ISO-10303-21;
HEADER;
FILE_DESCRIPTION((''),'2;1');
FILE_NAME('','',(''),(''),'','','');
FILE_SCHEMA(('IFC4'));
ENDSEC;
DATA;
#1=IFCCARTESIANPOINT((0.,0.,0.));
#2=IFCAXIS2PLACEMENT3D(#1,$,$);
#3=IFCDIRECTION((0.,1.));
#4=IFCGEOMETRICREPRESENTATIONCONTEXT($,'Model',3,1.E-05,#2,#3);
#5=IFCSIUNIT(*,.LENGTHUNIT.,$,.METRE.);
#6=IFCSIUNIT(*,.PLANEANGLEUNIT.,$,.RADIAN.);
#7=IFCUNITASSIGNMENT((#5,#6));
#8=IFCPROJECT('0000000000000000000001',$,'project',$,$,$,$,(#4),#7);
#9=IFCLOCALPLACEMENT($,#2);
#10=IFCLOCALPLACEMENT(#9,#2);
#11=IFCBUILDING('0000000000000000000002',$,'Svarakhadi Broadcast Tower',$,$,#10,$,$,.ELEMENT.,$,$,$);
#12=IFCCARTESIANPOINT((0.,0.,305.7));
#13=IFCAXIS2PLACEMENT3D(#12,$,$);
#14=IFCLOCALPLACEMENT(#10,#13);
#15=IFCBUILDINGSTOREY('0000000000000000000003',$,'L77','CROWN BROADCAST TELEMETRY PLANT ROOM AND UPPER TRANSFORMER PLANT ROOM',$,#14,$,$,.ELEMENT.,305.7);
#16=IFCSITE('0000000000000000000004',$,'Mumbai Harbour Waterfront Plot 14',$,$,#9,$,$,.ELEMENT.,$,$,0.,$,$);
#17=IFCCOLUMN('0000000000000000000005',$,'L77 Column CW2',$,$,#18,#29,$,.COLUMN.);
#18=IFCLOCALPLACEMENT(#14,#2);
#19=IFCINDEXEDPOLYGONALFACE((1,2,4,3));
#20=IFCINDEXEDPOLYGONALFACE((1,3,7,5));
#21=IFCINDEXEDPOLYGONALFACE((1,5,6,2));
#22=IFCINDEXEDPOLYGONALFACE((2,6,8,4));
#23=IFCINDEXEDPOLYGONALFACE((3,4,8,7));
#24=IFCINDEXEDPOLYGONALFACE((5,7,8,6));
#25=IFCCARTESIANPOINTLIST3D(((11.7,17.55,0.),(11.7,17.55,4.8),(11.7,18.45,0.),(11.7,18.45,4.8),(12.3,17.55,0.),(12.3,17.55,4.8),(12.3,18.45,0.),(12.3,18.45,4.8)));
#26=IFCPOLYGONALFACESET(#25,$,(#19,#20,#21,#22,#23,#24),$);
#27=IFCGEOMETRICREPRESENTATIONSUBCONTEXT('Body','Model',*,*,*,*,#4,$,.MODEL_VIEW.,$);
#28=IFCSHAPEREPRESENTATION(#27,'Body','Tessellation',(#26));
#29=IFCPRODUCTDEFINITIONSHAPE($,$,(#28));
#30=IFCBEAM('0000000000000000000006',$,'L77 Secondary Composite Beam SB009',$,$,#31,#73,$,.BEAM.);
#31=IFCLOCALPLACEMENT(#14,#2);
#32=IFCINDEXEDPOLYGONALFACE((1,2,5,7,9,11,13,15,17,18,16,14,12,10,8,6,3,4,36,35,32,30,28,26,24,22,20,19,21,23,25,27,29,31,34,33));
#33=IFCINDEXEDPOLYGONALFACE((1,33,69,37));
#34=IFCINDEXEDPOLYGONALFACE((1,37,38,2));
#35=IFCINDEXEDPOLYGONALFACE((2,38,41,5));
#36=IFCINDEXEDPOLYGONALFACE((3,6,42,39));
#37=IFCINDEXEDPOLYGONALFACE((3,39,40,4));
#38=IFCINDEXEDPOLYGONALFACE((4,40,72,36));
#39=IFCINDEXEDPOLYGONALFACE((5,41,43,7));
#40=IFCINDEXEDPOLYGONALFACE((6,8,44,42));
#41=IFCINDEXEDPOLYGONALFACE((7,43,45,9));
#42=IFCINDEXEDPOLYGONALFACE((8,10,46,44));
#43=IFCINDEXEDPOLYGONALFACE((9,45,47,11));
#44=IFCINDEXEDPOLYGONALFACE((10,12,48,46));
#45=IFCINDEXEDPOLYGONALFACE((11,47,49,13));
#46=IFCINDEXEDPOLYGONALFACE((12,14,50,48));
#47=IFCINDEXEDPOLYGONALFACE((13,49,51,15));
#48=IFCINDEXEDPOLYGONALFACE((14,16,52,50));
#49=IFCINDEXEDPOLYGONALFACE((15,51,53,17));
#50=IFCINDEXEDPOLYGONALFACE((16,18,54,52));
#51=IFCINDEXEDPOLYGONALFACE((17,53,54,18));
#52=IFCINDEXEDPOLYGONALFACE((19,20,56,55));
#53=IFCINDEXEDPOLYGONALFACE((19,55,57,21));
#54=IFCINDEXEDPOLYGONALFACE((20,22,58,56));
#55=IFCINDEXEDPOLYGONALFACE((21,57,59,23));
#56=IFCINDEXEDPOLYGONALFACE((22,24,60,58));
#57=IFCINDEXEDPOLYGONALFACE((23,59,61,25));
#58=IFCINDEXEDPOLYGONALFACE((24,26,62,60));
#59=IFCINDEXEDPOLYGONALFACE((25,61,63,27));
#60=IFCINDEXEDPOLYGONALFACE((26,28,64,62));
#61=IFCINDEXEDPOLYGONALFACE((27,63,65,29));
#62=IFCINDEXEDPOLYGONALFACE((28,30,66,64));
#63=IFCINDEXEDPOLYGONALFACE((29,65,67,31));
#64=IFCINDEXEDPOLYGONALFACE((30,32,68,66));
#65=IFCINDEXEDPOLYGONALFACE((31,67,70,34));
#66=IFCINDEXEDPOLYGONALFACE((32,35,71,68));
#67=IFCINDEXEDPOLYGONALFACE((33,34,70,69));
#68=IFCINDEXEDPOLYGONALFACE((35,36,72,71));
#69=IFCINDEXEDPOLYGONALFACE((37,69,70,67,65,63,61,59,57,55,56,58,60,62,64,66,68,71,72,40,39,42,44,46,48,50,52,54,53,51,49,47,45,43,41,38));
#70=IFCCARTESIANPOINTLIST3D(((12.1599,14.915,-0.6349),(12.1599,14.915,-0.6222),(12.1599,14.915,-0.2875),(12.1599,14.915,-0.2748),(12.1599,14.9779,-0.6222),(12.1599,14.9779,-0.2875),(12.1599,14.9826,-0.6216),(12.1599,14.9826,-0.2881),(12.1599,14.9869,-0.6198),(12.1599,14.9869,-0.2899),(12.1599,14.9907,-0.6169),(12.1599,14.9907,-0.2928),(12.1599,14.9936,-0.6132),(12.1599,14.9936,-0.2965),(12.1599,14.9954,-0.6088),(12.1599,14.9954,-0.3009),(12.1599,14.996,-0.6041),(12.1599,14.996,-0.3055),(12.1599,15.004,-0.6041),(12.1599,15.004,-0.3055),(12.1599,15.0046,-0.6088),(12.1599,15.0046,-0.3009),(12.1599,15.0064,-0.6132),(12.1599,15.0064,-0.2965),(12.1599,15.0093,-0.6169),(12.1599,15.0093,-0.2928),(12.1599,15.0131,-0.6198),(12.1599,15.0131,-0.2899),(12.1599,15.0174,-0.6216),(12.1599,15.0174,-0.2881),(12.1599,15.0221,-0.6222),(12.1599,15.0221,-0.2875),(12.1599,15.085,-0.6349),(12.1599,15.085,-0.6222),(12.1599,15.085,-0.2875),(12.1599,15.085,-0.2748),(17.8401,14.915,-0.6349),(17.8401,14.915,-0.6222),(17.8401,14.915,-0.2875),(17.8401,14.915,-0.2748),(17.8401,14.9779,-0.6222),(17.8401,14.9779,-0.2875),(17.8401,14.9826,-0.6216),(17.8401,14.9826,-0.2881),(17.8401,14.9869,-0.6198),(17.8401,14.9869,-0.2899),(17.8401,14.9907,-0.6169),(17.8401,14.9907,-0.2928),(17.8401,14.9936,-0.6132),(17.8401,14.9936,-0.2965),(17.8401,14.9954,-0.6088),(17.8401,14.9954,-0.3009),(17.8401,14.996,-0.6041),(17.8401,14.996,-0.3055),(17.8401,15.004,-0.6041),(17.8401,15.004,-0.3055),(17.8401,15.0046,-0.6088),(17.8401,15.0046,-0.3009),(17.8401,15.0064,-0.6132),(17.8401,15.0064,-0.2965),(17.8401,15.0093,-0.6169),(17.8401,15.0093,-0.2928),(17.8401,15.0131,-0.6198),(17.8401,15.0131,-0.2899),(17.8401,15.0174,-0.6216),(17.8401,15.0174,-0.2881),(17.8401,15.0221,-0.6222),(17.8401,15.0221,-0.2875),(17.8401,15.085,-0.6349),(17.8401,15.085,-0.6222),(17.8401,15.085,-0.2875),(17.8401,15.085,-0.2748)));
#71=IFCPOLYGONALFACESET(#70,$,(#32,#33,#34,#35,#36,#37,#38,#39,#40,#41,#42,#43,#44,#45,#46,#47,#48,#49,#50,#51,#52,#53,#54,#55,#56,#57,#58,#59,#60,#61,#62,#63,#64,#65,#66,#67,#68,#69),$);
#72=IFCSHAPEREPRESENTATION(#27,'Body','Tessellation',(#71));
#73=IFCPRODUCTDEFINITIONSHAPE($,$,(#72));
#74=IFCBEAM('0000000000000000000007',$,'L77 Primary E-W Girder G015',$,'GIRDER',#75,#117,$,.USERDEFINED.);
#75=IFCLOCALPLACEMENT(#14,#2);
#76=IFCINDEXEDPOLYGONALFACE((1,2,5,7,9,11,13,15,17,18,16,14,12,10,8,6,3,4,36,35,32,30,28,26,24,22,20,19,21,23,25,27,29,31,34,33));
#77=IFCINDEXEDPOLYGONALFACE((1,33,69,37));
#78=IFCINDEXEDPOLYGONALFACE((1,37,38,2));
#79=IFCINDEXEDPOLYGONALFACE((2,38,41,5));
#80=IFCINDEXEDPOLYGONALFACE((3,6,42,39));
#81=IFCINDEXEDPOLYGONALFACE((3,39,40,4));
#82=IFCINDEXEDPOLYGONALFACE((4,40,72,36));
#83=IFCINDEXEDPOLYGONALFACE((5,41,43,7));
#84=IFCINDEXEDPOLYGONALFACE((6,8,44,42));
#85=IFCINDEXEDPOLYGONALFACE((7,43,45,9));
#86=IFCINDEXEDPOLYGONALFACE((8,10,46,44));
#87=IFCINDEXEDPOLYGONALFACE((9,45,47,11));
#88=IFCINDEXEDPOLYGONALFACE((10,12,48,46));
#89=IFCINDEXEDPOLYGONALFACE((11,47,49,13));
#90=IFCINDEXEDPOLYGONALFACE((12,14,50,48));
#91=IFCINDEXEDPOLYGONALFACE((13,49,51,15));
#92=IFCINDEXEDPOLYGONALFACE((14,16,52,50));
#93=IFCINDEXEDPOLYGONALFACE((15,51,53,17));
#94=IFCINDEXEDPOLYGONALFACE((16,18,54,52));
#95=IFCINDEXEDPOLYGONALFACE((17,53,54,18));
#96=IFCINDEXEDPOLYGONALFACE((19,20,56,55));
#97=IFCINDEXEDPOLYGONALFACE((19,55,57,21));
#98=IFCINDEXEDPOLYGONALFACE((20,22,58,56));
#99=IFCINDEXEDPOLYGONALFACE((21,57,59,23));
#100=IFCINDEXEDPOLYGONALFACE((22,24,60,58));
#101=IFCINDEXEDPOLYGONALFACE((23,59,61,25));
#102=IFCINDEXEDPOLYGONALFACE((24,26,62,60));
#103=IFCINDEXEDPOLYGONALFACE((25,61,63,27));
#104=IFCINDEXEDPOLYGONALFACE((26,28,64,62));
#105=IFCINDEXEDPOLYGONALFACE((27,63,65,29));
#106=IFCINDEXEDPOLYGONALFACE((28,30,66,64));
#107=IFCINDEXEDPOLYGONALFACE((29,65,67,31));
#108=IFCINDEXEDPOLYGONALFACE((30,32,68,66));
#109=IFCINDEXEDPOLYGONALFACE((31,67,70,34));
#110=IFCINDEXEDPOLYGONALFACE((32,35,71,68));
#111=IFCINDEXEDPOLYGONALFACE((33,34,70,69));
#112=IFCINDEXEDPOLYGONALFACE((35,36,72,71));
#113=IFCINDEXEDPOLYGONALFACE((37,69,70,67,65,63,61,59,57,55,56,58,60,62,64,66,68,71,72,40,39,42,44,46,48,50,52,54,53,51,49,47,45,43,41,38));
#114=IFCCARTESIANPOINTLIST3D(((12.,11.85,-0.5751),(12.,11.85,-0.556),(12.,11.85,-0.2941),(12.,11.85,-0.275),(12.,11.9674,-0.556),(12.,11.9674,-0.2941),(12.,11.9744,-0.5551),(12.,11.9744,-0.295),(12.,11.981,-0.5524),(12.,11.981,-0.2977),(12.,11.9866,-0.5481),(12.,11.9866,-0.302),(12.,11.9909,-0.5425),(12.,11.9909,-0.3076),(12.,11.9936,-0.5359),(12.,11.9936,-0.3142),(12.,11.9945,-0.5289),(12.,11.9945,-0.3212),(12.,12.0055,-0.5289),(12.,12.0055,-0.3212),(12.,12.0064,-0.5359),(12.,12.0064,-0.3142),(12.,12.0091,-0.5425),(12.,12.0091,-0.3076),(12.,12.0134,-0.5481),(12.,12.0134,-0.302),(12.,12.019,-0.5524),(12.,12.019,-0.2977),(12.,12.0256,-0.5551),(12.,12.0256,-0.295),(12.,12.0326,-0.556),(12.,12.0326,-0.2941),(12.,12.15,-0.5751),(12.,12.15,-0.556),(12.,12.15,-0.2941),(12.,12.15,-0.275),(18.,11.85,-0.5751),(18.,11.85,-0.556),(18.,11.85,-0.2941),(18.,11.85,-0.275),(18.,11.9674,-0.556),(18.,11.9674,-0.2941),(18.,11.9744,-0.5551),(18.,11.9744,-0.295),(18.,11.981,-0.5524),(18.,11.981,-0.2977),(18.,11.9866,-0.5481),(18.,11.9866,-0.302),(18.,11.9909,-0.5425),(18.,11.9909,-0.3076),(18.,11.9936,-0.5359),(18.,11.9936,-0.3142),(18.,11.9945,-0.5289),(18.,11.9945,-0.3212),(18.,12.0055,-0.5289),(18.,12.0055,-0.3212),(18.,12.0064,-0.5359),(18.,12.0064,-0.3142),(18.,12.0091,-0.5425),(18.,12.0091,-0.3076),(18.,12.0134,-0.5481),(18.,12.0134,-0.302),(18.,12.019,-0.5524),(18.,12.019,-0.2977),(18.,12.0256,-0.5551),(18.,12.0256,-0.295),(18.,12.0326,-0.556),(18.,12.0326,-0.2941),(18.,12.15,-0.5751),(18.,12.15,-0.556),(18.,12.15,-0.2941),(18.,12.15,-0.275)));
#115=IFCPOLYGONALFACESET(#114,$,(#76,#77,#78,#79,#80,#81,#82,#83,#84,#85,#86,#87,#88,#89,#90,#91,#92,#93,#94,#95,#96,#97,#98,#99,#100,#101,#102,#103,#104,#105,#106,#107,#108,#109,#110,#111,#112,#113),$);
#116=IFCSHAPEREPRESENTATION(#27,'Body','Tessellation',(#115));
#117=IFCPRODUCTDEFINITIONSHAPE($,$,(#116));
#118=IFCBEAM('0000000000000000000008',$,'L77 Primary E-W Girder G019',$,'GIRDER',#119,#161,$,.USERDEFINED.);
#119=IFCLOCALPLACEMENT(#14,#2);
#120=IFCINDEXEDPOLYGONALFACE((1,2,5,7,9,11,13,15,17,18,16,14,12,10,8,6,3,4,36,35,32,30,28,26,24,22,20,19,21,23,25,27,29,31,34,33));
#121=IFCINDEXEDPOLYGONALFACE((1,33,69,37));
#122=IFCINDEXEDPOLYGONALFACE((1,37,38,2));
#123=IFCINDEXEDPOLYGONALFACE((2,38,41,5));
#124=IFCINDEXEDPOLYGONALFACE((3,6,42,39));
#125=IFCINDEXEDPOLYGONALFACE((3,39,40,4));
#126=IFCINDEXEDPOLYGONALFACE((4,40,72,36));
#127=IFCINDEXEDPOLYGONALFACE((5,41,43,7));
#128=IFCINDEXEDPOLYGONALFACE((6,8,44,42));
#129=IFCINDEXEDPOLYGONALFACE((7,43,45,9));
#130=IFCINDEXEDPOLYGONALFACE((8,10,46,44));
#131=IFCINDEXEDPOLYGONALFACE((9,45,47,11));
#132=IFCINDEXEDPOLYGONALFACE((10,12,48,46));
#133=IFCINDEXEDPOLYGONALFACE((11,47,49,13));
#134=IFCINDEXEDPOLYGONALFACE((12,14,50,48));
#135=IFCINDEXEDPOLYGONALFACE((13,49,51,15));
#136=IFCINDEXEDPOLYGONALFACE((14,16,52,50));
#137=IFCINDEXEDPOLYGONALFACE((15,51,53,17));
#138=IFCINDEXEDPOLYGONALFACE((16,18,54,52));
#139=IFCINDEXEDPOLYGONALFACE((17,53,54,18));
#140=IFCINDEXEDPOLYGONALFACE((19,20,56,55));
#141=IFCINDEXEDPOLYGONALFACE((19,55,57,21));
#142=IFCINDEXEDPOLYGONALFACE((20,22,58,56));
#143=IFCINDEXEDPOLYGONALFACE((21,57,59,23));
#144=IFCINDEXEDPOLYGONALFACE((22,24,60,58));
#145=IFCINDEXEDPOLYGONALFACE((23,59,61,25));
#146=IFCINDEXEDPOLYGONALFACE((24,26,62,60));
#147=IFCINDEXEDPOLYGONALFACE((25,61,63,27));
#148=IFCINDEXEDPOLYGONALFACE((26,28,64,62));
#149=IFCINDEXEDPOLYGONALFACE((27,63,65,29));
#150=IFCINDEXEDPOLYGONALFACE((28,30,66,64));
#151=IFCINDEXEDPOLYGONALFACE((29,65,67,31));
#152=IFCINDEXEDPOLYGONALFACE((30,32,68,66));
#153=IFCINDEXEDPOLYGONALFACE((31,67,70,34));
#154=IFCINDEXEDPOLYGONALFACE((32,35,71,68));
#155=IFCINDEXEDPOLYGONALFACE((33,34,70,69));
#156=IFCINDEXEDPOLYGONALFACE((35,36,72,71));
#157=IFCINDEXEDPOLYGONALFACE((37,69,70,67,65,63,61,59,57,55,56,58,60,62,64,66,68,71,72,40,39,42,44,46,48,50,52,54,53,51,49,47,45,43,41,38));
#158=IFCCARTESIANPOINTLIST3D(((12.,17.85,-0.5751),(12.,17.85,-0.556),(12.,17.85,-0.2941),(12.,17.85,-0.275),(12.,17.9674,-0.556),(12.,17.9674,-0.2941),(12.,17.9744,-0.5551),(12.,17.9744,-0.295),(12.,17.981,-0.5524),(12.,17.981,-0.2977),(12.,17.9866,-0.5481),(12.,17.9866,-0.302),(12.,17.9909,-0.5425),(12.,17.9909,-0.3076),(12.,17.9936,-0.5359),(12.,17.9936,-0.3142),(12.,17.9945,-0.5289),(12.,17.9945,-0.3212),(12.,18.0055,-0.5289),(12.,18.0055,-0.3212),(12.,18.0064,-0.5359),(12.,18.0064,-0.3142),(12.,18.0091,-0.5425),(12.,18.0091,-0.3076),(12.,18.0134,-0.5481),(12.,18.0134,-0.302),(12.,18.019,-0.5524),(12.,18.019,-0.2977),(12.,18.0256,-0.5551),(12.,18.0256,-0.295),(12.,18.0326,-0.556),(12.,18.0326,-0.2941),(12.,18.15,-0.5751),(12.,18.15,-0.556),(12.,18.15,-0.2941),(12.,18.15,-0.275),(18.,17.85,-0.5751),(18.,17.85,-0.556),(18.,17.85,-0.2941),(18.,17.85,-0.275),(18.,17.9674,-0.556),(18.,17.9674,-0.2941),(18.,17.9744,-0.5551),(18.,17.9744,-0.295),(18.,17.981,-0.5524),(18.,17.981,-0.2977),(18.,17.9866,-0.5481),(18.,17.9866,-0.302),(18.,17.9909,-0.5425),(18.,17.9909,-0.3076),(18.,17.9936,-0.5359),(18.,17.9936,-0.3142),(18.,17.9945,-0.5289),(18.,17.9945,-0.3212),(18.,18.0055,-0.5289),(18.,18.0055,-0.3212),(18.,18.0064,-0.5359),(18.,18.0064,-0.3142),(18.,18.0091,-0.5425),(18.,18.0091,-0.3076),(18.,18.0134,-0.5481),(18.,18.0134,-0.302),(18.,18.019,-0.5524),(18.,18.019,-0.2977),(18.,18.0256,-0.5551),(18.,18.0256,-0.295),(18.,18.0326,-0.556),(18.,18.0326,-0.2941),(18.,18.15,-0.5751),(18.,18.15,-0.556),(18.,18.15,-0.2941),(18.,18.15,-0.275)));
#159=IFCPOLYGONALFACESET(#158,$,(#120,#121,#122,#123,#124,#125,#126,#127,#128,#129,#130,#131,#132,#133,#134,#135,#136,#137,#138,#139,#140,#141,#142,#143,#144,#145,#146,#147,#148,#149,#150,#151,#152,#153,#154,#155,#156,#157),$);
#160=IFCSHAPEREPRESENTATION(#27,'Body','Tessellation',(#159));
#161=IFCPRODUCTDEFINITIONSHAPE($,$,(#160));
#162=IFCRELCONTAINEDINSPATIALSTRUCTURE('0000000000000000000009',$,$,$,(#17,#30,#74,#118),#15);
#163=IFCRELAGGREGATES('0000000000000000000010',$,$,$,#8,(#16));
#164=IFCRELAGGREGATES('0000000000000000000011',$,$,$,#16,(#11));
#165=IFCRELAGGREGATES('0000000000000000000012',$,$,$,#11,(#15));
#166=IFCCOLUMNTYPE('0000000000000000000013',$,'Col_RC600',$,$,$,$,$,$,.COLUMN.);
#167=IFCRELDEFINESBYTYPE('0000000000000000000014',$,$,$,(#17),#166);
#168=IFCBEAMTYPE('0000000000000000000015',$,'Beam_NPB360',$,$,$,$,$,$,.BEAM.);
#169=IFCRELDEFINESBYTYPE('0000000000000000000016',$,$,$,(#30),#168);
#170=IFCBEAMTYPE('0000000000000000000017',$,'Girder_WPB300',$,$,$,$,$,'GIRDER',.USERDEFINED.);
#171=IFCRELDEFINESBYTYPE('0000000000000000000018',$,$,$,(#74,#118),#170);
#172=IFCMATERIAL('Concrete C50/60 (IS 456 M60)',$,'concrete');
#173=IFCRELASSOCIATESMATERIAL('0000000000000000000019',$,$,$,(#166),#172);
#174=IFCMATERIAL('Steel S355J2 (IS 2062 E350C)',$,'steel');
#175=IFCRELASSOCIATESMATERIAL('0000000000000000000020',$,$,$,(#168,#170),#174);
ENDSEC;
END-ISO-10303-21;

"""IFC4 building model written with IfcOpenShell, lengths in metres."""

from ifc_helpers import new_model, si_unit, direction, frame, origin, origin_2d, place, context, subcontext, project, spatial, rectangle, i_section, extrude, material, material_profile, profile_set, type_object, element, save


model = new_model("IFC4")

# Units and contexts
model_context = context("Model", 3, precision=1e-05, world=origin(), true_north=direction((0.0, 1.0)))
body_context = subcontext(model_context, "Body", "Model", "MODEL_VIEW")
ifc_project = project(units=[si_unit("LENGTHUNIT", "METRE"), si_unit("PLANEANGLEUNIT", "RADIAN")], contexts=[model_context])

# Site, building, storey
site_placement = place(None, origin())
site = spatial("IfcSite", under=ifc_project, at=site_placement, Name="Mumbai Harbour Waterfront Plot 14", CompositionType="ELEMENT", RefElevation=0.0)
building_placement = place(site_placement, origin())
building = spatial("IfcBuilding", under=site, at=building_placement, Name="Svarakhadi Broadcast Tower", CompositionType="ELEMENT")
storey_placement = place(building_placement, frame((0.0, 0.0, 305.7)))
storey = spatial("IfcBuildingStorey", under=building, at=storey_placement, Name="L77", Description="CROWN BROADCAST TELEMETRY PLANT ROOM AND UPPER TRANSFORMER PLANT ROOM", CompositionType="ELEMENT", Elevation=305.7)

# Column
ifc_material_1 = material(Name="Concrete C50/60 (IS 456 M60)", Category="concrete")
ifc_material_profile_1 = material_profile(ifc_material_1, rectangle(XDim=0.6001, YDim=0.8999, at=origin_2d()), Name="RC 600x900")
ifc_profile_set_1 = profile_set([ifc_material_profile_1], Name="Concrete C50/60 (IS 456 M60)")
column_type = type_object("IfcColumnType", Name="Col_RC600", PredefinedType="COLUMN", material=ifc_profile_set_1)
column_placement = place(storey_placement, frame((12.0, 18.0, 0.0), z_axis=(0.0, 0.0, 1.0), x_axis=(1.0, 0.0, 0.0)))
element("IfcColumn", 1, at=column_placement, inside=storey, type_object=column_type, Name="L77 Column CW2", PredefinedType="COLUMN", context=body_context, shape_type="SweptSolid", body=[
    extrude(rectangle(XDim=0.6001, YDim=0.8999, at=origin_2d()), origin(), (0.0, 0.0, 1.0), 4.8),
])

# Beams
ifc_material_2 = material(Name="Steel S355J2 (IS 2062 E350C)", Category="steel")
ifc_material_profile_2 = material_profile(ifc_material_2, i_section(OverallWidth=0.1699, OverallDepth=0.3601, WebThickness=0.0081, FlangeThickness=0.0127, FilletRadius=0.0181, at=origin_2d()), Name="NPB 360x170x57")
ifc_profile_set_2 = profile_set([ifc_material_profile_2], Name="Steel S355J2 (IS 2062 E350C)")
beam_type_1 = type_object("IfcBeamType", Name="Beam_NPB360", PredefinedType="BEAM", material=ifc_profile_set_2)
beam_placement = place(storey_placement, frame((12.1599, 15.0, -0.4548), z_axis=(1.0, 0.0, 0.0), x_axis=(0.0, 1.0, 0.0)))
element("IfcBeam", 2, at=beam_placement, inside=storey, type_object=beam_type_1, Name="L77 Secondary Composite Beam SB009", PredefinedType="BEAM", context=body_context, shape_type="SweptSolid", body=[
    extrude(i_section(OverallWidth=0.1699, OverallDepth=0.3601, WebThickness=0.0081, FlangeThickness=0.0127, FilletRadius=0.0181, at=origin_2d()), origin(), (0.0, 0.0, 1.0), 5.6802),
])
ifc_material_profile_3 = material_profile(ifc_material_2, i_section(OverallWidth=0.3, OverallDepth=0.3, WebThickness=0.011, FlangeThickness=0.019, FilletRadius=0.0271, at=origin_2d()), Name="WPB 300x300x117")
ifc_profile_set_3 = profile_set([ifc_material_profile_3], Name="Steel S355J2 (IS 2062 E350C)")
beam_type_2 = type_object("IfcBeamType", Name="Girder_WPB300", ElementType="GIRDER", PredefinedType="USERDEFINED", material=ifc_profile_set_3)
for number, where, z_axis, x_axis, name in (
    (3, (12.0, 12.0, -0.425), (1.0, 0.0, 0.0), (0.0, 1.0, 0.0), "L77 Primary E-W Girder G015"),
    (4, (12.0, 18.0, -0.425), (1.0, 0.0, 0.0), (0.0, 1.0, 0.0), "L77 Primary E-W Girder G019"),
):
    element("IfcBeam", number, at=place(storey_placement, frame(where, z_axis=z_axis, x_axis=x_axis)), inside=storey, type_object=beam_type_2, Name=name, ObjectType="GIRDER", PredefinedType="USERDEFINED", context=body_context, shape_type="SweptSolid", body=[
        extrude(i_section(OverallWidth=0.3, OverallDepth=0.3, WebThickness=0.011, FlangeThickness=0.019, FilletRadius=0.0271, at=origin_2d()), origin(), (0.0, 0.0, 1.0), 6.0),
    ])

save(model, "model.ifc")
